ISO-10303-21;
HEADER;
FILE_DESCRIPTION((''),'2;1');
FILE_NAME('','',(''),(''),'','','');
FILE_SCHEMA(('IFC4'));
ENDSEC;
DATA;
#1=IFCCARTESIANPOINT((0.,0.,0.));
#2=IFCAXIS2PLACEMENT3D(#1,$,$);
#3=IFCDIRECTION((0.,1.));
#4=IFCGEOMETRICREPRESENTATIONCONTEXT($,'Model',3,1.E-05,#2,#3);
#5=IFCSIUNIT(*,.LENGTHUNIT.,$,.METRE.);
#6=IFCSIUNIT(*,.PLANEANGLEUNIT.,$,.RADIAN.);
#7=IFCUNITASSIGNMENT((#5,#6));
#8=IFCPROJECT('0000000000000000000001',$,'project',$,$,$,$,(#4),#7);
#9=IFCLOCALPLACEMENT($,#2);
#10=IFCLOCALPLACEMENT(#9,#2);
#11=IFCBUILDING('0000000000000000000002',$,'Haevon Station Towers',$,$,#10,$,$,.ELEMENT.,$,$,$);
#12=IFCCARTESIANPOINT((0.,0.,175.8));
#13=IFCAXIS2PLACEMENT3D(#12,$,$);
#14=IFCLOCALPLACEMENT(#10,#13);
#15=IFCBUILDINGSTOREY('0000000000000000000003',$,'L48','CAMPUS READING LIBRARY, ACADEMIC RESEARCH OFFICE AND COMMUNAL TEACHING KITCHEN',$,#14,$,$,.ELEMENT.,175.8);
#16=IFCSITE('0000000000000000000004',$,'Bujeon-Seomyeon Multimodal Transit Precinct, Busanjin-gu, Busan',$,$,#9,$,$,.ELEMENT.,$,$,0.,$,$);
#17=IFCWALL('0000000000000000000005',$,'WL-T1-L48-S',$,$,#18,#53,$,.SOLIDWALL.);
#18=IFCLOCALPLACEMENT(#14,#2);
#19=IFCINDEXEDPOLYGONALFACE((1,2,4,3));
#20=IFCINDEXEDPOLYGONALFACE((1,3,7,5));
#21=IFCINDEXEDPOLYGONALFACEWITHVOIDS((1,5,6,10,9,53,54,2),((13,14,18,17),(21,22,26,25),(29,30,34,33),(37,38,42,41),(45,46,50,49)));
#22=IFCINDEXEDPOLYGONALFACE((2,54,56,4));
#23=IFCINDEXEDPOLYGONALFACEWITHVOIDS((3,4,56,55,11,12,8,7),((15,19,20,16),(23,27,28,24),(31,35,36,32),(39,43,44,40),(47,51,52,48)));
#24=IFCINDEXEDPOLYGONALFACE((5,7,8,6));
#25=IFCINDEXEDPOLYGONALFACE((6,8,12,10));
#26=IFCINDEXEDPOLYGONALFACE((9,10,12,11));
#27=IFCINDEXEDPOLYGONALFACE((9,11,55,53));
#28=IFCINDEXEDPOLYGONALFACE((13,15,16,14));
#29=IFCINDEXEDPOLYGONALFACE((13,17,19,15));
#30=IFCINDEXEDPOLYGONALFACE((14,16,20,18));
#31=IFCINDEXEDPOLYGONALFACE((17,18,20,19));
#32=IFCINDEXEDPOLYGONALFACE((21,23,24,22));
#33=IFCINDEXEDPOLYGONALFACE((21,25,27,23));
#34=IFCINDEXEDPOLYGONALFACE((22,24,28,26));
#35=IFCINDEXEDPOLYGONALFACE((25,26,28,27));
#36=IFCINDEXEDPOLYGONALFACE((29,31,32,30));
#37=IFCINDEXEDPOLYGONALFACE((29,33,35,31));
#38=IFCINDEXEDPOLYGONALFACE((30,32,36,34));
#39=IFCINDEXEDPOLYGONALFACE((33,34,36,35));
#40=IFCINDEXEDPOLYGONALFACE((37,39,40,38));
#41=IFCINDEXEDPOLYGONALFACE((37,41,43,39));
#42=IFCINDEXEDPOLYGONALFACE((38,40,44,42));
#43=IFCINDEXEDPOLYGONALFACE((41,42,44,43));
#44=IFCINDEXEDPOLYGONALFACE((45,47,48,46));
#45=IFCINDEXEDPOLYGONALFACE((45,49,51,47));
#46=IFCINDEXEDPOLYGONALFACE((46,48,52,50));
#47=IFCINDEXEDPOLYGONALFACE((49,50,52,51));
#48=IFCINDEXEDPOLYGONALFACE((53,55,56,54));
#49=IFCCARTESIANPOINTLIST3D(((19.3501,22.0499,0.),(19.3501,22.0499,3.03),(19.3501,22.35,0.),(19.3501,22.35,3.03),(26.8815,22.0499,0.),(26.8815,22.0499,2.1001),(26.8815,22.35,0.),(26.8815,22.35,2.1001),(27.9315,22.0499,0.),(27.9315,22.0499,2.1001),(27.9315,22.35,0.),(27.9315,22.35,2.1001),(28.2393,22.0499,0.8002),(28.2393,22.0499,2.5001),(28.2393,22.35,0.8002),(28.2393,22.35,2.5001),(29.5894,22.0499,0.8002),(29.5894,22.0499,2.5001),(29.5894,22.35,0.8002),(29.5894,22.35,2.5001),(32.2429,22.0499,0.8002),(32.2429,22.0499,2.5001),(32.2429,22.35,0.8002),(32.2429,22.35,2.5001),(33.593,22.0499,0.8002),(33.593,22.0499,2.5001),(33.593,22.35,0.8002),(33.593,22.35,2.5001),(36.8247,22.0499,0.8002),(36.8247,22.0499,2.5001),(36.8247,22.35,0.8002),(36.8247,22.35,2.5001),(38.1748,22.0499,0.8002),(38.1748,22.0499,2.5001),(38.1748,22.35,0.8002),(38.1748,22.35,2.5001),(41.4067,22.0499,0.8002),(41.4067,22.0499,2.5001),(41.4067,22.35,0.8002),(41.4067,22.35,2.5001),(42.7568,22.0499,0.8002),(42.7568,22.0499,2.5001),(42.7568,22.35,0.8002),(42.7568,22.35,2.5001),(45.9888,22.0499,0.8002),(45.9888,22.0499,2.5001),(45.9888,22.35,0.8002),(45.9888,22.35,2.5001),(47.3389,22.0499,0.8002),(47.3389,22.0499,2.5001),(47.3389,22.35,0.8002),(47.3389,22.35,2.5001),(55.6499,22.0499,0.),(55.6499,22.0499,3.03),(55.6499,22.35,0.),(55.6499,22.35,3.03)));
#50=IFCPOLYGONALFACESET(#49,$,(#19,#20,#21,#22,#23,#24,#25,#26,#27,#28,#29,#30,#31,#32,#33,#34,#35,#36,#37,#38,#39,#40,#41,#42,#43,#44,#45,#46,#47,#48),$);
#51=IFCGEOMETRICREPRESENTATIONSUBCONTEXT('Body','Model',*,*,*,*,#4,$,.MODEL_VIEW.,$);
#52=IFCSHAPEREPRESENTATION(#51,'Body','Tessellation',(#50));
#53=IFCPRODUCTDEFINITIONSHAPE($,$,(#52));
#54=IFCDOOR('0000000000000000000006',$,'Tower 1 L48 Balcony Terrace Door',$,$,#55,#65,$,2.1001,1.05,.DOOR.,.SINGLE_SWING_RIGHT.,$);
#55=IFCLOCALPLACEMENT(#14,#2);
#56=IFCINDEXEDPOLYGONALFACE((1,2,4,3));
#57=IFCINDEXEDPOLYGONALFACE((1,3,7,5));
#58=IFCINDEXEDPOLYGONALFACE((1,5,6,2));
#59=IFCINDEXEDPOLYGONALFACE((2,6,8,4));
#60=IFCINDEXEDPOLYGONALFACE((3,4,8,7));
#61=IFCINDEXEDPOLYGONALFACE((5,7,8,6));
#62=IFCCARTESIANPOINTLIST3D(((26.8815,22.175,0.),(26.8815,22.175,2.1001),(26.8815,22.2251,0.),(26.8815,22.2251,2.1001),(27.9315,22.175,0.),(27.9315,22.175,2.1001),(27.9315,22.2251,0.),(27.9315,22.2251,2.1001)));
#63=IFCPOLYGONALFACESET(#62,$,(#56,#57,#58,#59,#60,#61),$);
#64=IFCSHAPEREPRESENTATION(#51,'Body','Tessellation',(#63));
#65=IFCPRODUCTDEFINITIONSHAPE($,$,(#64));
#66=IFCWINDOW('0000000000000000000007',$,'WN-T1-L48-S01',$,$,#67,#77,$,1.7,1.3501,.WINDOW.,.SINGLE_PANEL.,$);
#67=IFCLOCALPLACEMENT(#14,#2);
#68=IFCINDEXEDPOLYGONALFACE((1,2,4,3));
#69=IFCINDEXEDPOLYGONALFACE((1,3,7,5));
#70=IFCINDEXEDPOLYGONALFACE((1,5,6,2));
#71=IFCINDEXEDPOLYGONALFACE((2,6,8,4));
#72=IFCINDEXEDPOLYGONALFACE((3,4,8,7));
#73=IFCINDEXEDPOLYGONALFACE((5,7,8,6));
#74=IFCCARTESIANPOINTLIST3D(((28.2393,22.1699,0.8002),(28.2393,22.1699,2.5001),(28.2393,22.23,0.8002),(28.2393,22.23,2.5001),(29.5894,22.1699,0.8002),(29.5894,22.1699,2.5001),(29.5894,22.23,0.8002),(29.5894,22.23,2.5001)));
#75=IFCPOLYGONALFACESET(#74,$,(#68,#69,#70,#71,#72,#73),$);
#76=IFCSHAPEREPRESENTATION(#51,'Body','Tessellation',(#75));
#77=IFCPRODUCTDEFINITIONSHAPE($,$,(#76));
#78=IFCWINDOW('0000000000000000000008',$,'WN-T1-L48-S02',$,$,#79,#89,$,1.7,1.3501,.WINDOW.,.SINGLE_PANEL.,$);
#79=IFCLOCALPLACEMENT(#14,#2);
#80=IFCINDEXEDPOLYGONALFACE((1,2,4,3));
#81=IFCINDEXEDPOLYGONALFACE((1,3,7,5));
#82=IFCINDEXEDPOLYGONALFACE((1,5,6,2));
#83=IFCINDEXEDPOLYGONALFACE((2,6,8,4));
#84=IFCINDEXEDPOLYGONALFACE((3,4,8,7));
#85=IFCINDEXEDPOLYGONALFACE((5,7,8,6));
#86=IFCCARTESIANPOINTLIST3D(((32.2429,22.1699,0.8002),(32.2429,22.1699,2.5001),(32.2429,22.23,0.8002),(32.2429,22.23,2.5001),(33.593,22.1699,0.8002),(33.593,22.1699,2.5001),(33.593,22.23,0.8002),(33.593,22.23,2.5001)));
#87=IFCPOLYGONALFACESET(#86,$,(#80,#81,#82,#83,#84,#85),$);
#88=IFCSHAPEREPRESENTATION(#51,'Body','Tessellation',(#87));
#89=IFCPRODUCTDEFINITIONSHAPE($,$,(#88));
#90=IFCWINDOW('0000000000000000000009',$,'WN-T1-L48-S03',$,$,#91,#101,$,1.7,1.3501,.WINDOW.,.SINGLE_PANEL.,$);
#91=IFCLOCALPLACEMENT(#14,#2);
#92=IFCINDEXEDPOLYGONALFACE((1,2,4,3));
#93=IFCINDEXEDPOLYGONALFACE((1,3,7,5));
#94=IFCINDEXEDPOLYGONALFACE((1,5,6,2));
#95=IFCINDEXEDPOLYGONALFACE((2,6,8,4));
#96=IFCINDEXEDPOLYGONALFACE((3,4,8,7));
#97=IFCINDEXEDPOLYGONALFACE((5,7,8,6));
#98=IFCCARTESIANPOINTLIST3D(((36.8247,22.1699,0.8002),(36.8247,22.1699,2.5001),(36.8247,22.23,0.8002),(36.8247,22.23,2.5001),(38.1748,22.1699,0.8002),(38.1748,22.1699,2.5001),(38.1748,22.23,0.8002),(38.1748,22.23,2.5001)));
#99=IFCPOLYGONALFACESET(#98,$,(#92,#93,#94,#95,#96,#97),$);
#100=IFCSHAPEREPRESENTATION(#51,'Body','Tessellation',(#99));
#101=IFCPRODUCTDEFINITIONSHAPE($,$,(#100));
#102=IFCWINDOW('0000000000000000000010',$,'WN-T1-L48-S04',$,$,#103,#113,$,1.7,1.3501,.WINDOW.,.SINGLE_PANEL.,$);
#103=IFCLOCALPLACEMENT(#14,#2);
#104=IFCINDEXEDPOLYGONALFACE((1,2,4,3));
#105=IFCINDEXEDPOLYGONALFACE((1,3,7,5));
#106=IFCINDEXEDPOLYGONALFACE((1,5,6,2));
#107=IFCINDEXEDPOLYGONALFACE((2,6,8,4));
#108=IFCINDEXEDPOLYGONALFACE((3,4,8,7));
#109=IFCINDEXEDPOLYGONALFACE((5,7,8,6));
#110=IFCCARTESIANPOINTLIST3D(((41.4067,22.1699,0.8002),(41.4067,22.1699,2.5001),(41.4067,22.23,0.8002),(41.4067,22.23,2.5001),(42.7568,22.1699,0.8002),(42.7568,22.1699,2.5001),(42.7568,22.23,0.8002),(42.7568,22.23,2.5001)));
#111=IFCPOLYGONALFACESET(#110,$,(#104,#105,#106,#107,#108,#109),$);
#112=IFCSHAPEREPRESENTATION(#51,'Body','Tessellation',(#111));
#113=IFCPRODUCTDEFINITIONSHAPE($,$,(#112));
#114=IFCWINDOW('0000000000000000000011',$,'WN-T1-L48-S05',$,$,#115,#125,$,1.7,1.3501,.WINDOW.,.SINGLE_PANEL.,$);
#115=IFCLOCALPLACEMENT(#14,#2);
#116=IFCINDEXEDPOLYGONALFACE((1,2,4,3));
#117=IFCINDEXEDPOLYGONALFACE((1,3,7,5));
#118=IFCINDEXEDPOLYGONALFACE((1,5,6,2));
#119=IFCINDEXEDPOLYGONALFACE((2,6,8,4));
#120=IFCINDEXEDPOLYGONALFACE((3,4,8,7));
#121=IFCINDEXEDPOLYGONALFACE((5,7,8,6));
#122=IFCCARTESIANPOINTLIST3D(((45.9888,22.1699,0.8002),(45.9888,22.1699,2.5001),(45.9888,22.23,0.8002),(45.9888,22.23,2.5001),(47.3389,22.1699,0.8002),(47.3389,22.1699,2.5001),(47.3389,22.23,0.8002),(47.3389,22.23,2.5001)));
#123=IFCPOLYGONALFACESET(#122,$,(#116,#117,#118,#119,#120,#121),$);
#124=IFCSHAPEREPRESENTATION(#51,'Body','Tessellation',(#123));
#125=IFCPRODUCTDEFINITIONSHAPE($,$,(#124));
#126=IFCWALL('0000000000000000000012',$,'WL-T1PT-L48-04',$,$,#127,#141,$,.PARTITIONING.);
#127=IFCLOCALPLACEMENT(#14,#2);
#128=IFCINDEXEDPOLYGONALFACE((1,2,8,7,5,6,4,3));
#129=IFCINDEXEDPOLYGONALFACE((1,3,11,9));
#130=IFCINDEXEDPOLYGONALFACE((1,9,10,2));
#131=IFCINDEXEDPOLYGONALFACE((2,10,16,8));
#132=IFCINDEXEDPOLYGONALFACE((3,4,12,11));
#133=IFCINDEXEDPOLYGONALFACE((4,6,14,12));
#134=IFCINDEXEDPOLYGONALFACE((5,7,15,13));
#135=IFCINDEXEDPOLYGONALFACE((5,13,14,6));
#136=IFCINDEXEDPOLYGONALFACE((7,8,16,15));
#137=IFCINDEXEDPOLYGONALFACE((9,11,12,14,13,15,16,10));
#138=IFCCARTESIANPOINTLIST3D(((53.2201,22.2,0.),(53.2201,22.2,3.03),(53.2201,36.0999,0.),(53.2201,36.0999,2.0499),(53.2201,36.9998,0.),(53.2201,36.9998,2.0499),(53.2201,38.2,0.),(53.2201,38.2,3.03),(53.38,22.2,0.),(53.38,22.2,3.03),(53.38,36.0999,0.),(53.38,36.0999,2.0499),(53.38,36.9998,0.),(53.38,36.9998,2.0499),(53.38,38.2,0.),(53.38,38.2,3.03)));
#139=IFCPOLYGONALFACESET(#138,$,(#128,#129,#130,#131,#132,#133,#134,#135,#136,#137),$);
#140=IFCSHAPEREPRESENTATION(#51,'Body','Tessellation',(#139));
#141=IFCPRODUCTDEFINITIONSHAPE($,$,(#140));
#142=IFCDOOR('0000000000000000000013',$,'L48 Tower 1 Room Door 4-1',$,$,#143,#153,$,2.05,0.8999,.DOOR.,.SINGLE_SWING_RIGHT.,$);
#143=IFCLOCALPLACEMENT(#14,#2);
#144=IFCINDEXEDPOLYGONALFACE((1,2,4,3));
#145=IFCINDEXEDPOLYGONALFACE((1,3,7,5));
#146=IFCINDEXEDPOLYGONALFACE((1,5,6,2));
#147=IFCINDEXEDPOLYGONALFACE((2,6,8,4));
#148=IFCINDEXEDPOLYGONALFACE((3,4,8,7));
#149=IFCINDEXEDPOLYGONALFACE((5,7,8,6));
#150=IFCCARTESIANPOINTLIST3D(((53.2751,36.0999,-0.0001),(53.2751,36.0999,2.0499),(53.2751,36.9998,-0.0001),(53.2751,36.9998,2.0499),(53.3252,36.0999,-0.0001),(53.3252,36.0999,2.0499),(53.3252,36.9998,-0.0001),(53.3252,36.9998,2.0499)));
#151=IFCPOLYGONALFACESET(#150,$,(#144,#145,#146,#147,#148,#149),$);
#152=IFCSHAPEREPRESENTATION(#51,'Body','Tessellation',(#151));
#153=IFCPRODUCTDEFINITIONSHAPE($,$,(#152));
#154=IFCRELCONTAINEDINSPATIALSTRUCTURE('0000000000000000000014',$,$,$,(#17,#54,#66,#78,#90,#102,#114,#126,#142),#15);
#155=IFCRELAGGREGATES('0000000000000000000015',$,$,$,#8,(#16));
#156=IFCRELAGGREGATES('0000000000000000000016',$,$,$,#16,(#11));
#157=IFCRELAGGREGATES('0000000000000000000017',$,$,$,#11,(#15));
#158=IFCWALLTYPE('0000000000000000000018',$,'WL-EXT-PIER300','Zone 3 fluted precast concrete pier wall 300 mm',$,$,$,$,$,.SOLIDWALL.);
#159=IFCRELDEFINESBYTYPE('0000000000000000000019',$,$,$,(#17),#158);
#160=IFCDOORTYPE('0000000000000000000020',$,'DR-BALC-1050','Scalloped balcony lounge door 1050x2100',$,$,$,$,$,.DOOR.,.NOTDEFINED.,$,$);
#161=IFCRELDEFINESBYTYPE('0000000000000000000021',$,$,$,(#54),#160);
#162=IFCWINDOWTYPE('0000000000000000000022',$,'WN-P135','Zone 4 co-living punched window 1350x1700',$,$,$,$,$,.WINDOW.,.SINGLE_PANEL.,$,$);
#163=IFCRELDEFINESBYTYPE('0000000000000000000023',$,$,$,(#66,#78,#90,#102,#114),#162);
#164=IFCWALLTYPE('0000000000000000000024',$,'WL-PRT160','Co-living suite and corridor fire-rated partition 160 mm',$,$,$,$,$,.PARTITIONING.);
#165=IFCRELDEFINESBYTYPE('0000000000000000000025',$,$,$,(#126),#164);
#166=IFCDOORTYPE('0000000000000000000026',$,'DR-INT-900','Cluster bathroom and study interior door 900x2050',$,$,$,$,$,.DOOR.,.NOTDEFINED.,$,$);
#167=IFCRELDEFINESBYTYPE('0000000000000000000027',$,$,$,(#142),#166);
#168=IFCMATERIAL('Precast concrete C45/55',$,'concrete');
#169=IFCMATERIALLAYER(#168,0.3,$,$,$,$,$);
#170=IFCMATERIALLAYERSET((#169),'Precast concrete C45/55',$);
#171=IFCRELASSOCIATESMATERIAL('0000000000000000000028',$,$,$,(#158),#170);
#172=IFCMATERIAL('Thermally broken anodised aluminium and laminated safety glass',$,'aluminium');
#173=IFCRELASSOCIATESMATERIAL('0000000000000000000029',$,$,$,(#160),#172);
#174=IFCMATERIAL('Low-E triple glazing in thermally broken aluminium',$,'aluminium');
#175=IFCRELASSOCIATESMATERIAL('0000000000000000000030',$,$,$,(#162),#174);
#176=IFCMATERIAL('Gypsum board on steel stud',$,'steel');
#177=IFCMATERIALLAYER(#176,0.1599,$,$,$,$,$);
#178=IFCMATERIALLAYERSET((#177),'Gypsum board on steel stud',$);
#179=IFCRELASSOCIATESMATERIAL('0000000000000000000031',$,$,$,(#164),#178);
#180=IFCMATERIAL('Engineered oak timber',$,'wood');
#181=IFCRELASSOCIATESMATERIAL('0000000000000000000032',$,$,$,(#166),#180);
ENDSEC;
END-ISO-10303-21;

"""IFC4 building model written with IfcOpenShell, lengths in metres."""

from ifc_helpers import new_model, si_unit, direction, frame, frame_2d, origin, place, context, subcontext, project, spatial, rectangle, extrude, material, layer, layer_set, type_object, element, fill, save


model = new_model("IFC4")

# Units and contexts
model_context = context("Model", 3, precision=1e-05, world=origin(), true_north=direction((0.0, 1.0)))
body_context = subcontext(model_context, "Body", "Model", "MODEL_VIEW")
ifc_project = project(units=[si_unit("LENGTHUNIT", "METRE"), si_unit("PLANEANGLEUNIT", "RADIAN")], contexts=[model_context])

# Site, building, storey
site_placement = place(None, origin())
site = spatial("IfcSite", under=ifc_project, at=site_placement, Name="Bujeon-Seomyeon Multimodal Transit Precinct, Busanjin-gu, Busan", CompositionType="ELEMENT", RefElevation=0.0)
building_placement = place(site_placement, origin())
building = spatial("IfcBuilding", under=site, at=building_placement, Name="Haevon Station Towers", CompositionType="ELEMENT")
storey_placement = place(building_placement, frame((0.0, 0.0, 175.8)))
storey = spatial("IfcBuildingStorey", under=building, at=storey_placement, Name="L48", Description="CAMPUS READING LIBRARY, ACADEMIC RESEARCH OFFICE AND COMMUNAL TEACHING KITCHEN", CompositionType="ELEMENT", Elevation=175.8)

# Wall, openings, door, windows
ifc_material_1 = material(Name="Precast concrete C45/55", Category="concrete")
ifc_layer_1 = layer(ifc_material_1, 0.3)
ifc_layer_set_1 = layer_set([ifc_layer_1], Name="Precast concrete C45/55")
wall_type_1 = type_object("IfcWallType", Name="WL-EXT-PIER300", Description="Zone 3 fluted precast concrete pier wall 300 mm", PredefinedType="SOLIDWALL", material=ifc_layer_set_1)
wall_1_placement = place(storey_placement, frame((55.6499, 22.2, 0.0), z_axis=(0.0, 0.0, 1.0), x_axis=(-1.0, 0.0, 0.0)))
wall_1 = element("IfcWall", 1, at=wall_1_placement, inside=storey, type_object=wall_type_1, Name="WL-T1-L48-S", PredefinedType="SOLIDWALL", context=body_context, shape_type="SweptSolid", body=[
    extrude(rectangle(XDim=36.2998, YDim=0.3, at=frame_2d((18.1499, 0.0))), origin(), (0.0, 0.0, 1.0), 3.03),
])
opening_1_placement = place(wall_1_placement, frame((27.7185, 0.0, 0.0)))
opening_1 = element("IfcOpeningElement", 2, at=opening_1_placement, cuts=wall_1, PredefinedType="OPENING", context=body_context, shape_type="SweptSolid", body=[
    extrude(rectangle(XDim=1.05, YDim=2.1001, at=frame_2d((0.5249, 1.05))), frame((0.0, 0.1599, 0.0), z_axis=(0.0, -1.0, 0.0), x_axis=(1.0, 0.0, 0.0)), (0.0, 0.0, 1.0), 0.3201),
])
opening_2_placement = place(wall_1_placement, frame((26.0605, 0.0, 0.8)))
opening_2 = element("IfcOpeningElement", 3, at=opening_2_placement, cuts=wall_1, PredefinedType="OPENING", context=body_context, shape_type="SweptSolid", body=[
    extrude(rectangle(XDim=1.3501, YDim=1.7, at=frame_2d((0.675, 0.8501))), frame((0.0, 0.1599, 0.0), z_axis=(0.0, -1.0, 0.0), x_axis=(1.0, 0.0, 0.0)), (0.0, 0.0, 1.0), 0.3201),
])
opening_3_placement = place(wall_1_placement, frame((22.0569, 0.0, 0.8)))
opening_3 = element("IfcOpeningElement", 4, at=opening_3_placement, cuts=wall_1, PredefinedType="OPENING", context=body_context, shape_type="SweptSolid", body=[
    extrude(rectangle(XDim=1.3501, YDim=1.7, at=frame_2d((0.675, 0.8501))), frame((0.0, 0.1599, 0.0), z_axis=(0.0, -1.0, 0.0), x_axis=(1.0, 0.0, 0.0)), (0.0, 0.0, 1.0), 0.3201),
])
opening_4_placement = place(wall_1_placement, frame((17.4751, 0.0, 0.8)))
opening_4 = element("IfcOpeningElement", 5, at=opening_4_placement, cuts=wall_1, PredefinedType="OPENING", context=body_context, shape_type="SweptSolid", body=[
    extrude(rectangle(XDim=1.3501, YDim=1.7, at=frame_2d((0.675, 0.8501))), frame((0.0, 0.1599, 0.0), z_axis=(0.0, -1.0, 0.0), x_axis=(1.0, 0.0, 0.0)), (0.0, 0.0, 1.0), 0.3201),
])
opening_5_placement = place(wall_1_placement, frame((12.8931, 0.0, 0.8)))
opening_5 = element("IfcOpeningElement", 6, at=opening_5_placement, cuts=wall_1, PredefinedType="OPENING", context=body_context, shape_type="SweptSolid", body=[
    extrude(rectangle(XDim=1.3501, YDim=1.7, at=frame_2d((0.675, 0.8501))), frame((0.0, 0.1599, 0.0), z_axis=(0.0, -1.0, 0.0), x_axis=(1.0, 0.0, 0.0)), (0.0, 0.0, 1.0), 0.3201),
])
opening_6_placement = place(wall_1_placement, frame((8.311, 0.0, 0.8)))
opening_6 = element("IfcOpeningElement", 7, at=opening_6_placement, cuts=wall_1, PredefinedType="OPENING", context=body_context, shape_type="SweptSolid", body=[
    extrude(rectangle(XDim=1.3501, YDim=1.7, at=frame_2d((0.675, 0.8501))), frame((0.0, 0.1599, 0.0), z_axis=(0.0, -1.0, 0.0), x_axis=(1.0, 0.0, 0.0)), (0.0, 0.0, 1.0), 0.3201),
])
ifc_material_2 = material(Name="Thermally broken anodised aluminium and laminated safety glass", Category="aluminium")
door_type_1 = type_object("IfcDoorType", Name="DR-BALC-1050", Description="Scalloped balcony lounge door 1050x2100", OperationType="NOTDEFINED", PredefinedType="DOOR", material=ifc_material_2)
door_1_placement = place(opening_1_placement, origin())
door_1 = element("IfcDoor", 8, at=door_1_placement, inside=storey, type_object=door_type_1, Name="Tower 1 L48 Balcony Terrace Door", OperationType="SINGLE_SWING_RIGHT", OverallHeight=2.1001, OverallWidth=1.05, PredefinedType="DOOR", context=body_context, shape_type="SweptSolid", body=[
    extrude(rectangle(XDim=1.05, YDim=2.1001, at=frame_2d((0.5249, 1.05))), frame((0.0, 0.0249, 0.0), z_axis=(0.0, -1.0, 0.0), x_axis=(1.0, 0.0, 0.0)), (0.0, 0.0, 1.0), 0.05),
])
fill(opening_1, door_1)
ifc_material_3 = material(Name="Low-E triple glazing in thermally broken aluminium", Category="aluminium")
window_type = type_object("IfcWindowType", Name="WN-P135", Description="Zone 4 co-living punched window 1350x1700", PartitioningType="SINGLE_PANEL", PredefinedType="WINDOW", material=ifc_material_3)
window_1_placement = place(opening_2_placement, origin())
window_1 = element("IfcWindow", 9, at=window_1_placement, inside=storey, type_object=window_type, Name="WN-T1-L48-S01", OverallHeight=1.7, OverallWidth=1.3501, PartitioningType="SINGLE_PANEL", PredefinedType="WINDOW", context=body_context, shape_type="SweptSolid", body=[
    extrude(rectangle(XDim=1.3501, YDim=1.7, at=frame_2d((0.675, 0.8501))), frame((0.0, 0.03, 0.0), z_axis=(0.0, -1.0, 0.0), x_axis=(1.0, 0.0, 0.0)), (0.0, 0.0, 1.0), 0.0601),
])
fill(opening_2, window_1)
window_2_placement = place(opening_3_placement, origin())
window_2 = element("IfcWindow", 10, at=window_2_placement, inside=storey, type_object=window_type, Name="WN-T1-L48-S02", OverallHeight=1.7, OverallWidth=1.3501, PartitioningType="SINGLE_PANEL", PredefinedType="WINDOW", context=body_context, shape_type="SweptSolid", body=[
    extrude(rectangle(XDim=1.3501, YDim=1.7, at=frame_2d((0.675, 0.8501))), frame((0.0, 0.03, 0.0), z_axis=(0.0, -1.0, 0.0), x_axis=(1.0, 0.0, 0.0)), (0.0, 0.0, 1.0), 0.0601),
])
fill(opening_3, window_2)
window_3_placement = place(opening_4_placement, origin())
window_3 = element("IfcWindow", 11, at=window_3_placement, inside=storey, type_object=window_type, Name="WN-T1-L48-S03", OverallHeight=1.7, OverallWidth=1.3501, PartitioningType="SINGLE_PANEL", PredefinedType="WINDOW", context=body_context, shape_type="SweptSolid", body=[
    extrude(rectangle(XDim=1.3501, YDim=1.7, at=frame_2d((0.675, 0.8501))), frame((0.0, 0.03, 0.0), z_axis=(0.0, -1.0, 0.0), x_axis=(1.0, 0.0, 0.0)), (0.0, 0.0, 1.0), 0.0601),
])
fill(opening_4, window_3)
window_4_placement = place(opening_5_placement, origin())
window_4 = element("IfcWindow", 12, at=window_4_placement, inside=storey, type_object=window_type, Name="WN-T1-L48-S04", OverallHeight=1.7, OverallWidth=1.3501, PartitioningType="SINGLE_PANEL", PredefinedType="WINDOW", context=body_context, shape_type="SweptSolid", body=[
    extrude(rectangle(XDim=1.3501, YDim=1.7, at=frame_2d((0.675, 0.8501))), frame((0.0, 0.03, 0.0), z_axis=(0.0, -1.0, 0.0), x_axis=(1.0, 0.0, 0.0)), (0.0, 0.0, 1.0), 0.0601),
])
fill(opening_5, window_4)
window_5_placement = place(opening_6_placement, origin())
window_5 = element("IfcWindow", 13, at=window_5_placement, inside=storey, type_object=window_type, Name="WN-T1-L48-S05", OverallHeight=1.7, OverallWidth=1.3501, PartitioningType="SINGLE_PANEL", PredefinedType="WINDOW", context=body_context, shape_type="SweptSolid", body=[
    extrude(rectangle(XDim=1.3501, YDim=1.7, at=frame_2d((0.675, 0.8501))), frame((0.0, 0.03, 0.0), z_axis=(0.0, -1.0, 0.0), x_axis=(1.0, 0.0, 0.0)), (0.0, 0.0, 1.0), 0.0601),
])
fill(opening_6, window_5)

# Wall, opening, door
ifc_material_4 = material(Name="Gypsum board on steel stud", Category="steel")
ifc_layer_2 = layer(ifc_material_4, 0.1599)
ifc_layer_set_2 = layer_set([ifc_layer_2], Name="Gypsum board on steel stud")
wall_type_2 = type_object("IfcWallType", Name="WL-PRT160", Description="Co-living suite and corridor fire-rated partition 160 mm", PredefinedType="PARTITIONING", material=ifc_layer_set_2)
wall_2_placement = place(storey_placement, frame((53.3, 22.2, 0.0), z_axis=(0.0, 0.0, 1.0), x_axis=(0.0, 1.0, 0.0)))
wall_2 = element("IfcWall", 14, at=wall_2_placement, inside=storey, type_object=wall_type_2, Name="WL-T1PT-L48-04", PredefinedType="PARTITIONING", context=body_context, shape_type="SweptSolid", body=[
    extrude(rectangle(XDim=16.0, YDim=0.1599, at=frame_2d((8.0, 0.0))), origin(), (0.0, 0.0, 1.0), 3.03),
])
opening_7_placement = place(wall_2_placement, frame((13.8999, 0.0, 0.0)))
opening_7 = element("IfcOpeningElement", 15, at=opening_7_placement, cuts=wall_2, PredefinedType="OPENING", context=body_context, shape_type="SweptSolid", body=[
    extrude(rectangle(XDim=0.8999, YDim=2.05, at=frame_2d((0.45, 1.0249))), frame((0.0, 0.0898, 0.0), z_axis=(0.0, -1.0, 0.0), x_axis=(1.0, 0.0, 0.0)), (0.0, 0.0, 1.0), 0.1799),
])
ifc_material_5 = material(Name="Engineered oak timber", Category="wood")
door_type_2 = type_object("IfcDoorType", Name="DR-INT-900", Description="Cluster bathroom and study interior door 900x2050", OperationType="NOTDEFINED", PredefinedType="DOOR", material=ifc_material_5)
door_2_placement = place(opening_7_placement, origin())
door_2 = element("IfcDoor", 16, at=door_2_placement, inside=storey, type_object=door_type_2, Name="L48 Tower 1 Room Door 4-1", OperationType="SINGLE_SWING_RIGHT", OverallHeight=2.05, OverallWidth=0.8999, PredefinedType="DOOR", context=body_context, shape_type="SweptSolid", body=[
    extrude(rectangle(XDim=0.8999, YDim=2.05, at=frame_2d((0.45, 1.0249))), frame((0.0, 0.0249, 0.0), z_axis=(0.0, -1.0, 0.0), x_axis=(1.0, 0.0, 0.0)), (0.0, 0.0, 1.0), 0.05),
])
fill(opening_7, door_2)

save(model, "model.ifc")
